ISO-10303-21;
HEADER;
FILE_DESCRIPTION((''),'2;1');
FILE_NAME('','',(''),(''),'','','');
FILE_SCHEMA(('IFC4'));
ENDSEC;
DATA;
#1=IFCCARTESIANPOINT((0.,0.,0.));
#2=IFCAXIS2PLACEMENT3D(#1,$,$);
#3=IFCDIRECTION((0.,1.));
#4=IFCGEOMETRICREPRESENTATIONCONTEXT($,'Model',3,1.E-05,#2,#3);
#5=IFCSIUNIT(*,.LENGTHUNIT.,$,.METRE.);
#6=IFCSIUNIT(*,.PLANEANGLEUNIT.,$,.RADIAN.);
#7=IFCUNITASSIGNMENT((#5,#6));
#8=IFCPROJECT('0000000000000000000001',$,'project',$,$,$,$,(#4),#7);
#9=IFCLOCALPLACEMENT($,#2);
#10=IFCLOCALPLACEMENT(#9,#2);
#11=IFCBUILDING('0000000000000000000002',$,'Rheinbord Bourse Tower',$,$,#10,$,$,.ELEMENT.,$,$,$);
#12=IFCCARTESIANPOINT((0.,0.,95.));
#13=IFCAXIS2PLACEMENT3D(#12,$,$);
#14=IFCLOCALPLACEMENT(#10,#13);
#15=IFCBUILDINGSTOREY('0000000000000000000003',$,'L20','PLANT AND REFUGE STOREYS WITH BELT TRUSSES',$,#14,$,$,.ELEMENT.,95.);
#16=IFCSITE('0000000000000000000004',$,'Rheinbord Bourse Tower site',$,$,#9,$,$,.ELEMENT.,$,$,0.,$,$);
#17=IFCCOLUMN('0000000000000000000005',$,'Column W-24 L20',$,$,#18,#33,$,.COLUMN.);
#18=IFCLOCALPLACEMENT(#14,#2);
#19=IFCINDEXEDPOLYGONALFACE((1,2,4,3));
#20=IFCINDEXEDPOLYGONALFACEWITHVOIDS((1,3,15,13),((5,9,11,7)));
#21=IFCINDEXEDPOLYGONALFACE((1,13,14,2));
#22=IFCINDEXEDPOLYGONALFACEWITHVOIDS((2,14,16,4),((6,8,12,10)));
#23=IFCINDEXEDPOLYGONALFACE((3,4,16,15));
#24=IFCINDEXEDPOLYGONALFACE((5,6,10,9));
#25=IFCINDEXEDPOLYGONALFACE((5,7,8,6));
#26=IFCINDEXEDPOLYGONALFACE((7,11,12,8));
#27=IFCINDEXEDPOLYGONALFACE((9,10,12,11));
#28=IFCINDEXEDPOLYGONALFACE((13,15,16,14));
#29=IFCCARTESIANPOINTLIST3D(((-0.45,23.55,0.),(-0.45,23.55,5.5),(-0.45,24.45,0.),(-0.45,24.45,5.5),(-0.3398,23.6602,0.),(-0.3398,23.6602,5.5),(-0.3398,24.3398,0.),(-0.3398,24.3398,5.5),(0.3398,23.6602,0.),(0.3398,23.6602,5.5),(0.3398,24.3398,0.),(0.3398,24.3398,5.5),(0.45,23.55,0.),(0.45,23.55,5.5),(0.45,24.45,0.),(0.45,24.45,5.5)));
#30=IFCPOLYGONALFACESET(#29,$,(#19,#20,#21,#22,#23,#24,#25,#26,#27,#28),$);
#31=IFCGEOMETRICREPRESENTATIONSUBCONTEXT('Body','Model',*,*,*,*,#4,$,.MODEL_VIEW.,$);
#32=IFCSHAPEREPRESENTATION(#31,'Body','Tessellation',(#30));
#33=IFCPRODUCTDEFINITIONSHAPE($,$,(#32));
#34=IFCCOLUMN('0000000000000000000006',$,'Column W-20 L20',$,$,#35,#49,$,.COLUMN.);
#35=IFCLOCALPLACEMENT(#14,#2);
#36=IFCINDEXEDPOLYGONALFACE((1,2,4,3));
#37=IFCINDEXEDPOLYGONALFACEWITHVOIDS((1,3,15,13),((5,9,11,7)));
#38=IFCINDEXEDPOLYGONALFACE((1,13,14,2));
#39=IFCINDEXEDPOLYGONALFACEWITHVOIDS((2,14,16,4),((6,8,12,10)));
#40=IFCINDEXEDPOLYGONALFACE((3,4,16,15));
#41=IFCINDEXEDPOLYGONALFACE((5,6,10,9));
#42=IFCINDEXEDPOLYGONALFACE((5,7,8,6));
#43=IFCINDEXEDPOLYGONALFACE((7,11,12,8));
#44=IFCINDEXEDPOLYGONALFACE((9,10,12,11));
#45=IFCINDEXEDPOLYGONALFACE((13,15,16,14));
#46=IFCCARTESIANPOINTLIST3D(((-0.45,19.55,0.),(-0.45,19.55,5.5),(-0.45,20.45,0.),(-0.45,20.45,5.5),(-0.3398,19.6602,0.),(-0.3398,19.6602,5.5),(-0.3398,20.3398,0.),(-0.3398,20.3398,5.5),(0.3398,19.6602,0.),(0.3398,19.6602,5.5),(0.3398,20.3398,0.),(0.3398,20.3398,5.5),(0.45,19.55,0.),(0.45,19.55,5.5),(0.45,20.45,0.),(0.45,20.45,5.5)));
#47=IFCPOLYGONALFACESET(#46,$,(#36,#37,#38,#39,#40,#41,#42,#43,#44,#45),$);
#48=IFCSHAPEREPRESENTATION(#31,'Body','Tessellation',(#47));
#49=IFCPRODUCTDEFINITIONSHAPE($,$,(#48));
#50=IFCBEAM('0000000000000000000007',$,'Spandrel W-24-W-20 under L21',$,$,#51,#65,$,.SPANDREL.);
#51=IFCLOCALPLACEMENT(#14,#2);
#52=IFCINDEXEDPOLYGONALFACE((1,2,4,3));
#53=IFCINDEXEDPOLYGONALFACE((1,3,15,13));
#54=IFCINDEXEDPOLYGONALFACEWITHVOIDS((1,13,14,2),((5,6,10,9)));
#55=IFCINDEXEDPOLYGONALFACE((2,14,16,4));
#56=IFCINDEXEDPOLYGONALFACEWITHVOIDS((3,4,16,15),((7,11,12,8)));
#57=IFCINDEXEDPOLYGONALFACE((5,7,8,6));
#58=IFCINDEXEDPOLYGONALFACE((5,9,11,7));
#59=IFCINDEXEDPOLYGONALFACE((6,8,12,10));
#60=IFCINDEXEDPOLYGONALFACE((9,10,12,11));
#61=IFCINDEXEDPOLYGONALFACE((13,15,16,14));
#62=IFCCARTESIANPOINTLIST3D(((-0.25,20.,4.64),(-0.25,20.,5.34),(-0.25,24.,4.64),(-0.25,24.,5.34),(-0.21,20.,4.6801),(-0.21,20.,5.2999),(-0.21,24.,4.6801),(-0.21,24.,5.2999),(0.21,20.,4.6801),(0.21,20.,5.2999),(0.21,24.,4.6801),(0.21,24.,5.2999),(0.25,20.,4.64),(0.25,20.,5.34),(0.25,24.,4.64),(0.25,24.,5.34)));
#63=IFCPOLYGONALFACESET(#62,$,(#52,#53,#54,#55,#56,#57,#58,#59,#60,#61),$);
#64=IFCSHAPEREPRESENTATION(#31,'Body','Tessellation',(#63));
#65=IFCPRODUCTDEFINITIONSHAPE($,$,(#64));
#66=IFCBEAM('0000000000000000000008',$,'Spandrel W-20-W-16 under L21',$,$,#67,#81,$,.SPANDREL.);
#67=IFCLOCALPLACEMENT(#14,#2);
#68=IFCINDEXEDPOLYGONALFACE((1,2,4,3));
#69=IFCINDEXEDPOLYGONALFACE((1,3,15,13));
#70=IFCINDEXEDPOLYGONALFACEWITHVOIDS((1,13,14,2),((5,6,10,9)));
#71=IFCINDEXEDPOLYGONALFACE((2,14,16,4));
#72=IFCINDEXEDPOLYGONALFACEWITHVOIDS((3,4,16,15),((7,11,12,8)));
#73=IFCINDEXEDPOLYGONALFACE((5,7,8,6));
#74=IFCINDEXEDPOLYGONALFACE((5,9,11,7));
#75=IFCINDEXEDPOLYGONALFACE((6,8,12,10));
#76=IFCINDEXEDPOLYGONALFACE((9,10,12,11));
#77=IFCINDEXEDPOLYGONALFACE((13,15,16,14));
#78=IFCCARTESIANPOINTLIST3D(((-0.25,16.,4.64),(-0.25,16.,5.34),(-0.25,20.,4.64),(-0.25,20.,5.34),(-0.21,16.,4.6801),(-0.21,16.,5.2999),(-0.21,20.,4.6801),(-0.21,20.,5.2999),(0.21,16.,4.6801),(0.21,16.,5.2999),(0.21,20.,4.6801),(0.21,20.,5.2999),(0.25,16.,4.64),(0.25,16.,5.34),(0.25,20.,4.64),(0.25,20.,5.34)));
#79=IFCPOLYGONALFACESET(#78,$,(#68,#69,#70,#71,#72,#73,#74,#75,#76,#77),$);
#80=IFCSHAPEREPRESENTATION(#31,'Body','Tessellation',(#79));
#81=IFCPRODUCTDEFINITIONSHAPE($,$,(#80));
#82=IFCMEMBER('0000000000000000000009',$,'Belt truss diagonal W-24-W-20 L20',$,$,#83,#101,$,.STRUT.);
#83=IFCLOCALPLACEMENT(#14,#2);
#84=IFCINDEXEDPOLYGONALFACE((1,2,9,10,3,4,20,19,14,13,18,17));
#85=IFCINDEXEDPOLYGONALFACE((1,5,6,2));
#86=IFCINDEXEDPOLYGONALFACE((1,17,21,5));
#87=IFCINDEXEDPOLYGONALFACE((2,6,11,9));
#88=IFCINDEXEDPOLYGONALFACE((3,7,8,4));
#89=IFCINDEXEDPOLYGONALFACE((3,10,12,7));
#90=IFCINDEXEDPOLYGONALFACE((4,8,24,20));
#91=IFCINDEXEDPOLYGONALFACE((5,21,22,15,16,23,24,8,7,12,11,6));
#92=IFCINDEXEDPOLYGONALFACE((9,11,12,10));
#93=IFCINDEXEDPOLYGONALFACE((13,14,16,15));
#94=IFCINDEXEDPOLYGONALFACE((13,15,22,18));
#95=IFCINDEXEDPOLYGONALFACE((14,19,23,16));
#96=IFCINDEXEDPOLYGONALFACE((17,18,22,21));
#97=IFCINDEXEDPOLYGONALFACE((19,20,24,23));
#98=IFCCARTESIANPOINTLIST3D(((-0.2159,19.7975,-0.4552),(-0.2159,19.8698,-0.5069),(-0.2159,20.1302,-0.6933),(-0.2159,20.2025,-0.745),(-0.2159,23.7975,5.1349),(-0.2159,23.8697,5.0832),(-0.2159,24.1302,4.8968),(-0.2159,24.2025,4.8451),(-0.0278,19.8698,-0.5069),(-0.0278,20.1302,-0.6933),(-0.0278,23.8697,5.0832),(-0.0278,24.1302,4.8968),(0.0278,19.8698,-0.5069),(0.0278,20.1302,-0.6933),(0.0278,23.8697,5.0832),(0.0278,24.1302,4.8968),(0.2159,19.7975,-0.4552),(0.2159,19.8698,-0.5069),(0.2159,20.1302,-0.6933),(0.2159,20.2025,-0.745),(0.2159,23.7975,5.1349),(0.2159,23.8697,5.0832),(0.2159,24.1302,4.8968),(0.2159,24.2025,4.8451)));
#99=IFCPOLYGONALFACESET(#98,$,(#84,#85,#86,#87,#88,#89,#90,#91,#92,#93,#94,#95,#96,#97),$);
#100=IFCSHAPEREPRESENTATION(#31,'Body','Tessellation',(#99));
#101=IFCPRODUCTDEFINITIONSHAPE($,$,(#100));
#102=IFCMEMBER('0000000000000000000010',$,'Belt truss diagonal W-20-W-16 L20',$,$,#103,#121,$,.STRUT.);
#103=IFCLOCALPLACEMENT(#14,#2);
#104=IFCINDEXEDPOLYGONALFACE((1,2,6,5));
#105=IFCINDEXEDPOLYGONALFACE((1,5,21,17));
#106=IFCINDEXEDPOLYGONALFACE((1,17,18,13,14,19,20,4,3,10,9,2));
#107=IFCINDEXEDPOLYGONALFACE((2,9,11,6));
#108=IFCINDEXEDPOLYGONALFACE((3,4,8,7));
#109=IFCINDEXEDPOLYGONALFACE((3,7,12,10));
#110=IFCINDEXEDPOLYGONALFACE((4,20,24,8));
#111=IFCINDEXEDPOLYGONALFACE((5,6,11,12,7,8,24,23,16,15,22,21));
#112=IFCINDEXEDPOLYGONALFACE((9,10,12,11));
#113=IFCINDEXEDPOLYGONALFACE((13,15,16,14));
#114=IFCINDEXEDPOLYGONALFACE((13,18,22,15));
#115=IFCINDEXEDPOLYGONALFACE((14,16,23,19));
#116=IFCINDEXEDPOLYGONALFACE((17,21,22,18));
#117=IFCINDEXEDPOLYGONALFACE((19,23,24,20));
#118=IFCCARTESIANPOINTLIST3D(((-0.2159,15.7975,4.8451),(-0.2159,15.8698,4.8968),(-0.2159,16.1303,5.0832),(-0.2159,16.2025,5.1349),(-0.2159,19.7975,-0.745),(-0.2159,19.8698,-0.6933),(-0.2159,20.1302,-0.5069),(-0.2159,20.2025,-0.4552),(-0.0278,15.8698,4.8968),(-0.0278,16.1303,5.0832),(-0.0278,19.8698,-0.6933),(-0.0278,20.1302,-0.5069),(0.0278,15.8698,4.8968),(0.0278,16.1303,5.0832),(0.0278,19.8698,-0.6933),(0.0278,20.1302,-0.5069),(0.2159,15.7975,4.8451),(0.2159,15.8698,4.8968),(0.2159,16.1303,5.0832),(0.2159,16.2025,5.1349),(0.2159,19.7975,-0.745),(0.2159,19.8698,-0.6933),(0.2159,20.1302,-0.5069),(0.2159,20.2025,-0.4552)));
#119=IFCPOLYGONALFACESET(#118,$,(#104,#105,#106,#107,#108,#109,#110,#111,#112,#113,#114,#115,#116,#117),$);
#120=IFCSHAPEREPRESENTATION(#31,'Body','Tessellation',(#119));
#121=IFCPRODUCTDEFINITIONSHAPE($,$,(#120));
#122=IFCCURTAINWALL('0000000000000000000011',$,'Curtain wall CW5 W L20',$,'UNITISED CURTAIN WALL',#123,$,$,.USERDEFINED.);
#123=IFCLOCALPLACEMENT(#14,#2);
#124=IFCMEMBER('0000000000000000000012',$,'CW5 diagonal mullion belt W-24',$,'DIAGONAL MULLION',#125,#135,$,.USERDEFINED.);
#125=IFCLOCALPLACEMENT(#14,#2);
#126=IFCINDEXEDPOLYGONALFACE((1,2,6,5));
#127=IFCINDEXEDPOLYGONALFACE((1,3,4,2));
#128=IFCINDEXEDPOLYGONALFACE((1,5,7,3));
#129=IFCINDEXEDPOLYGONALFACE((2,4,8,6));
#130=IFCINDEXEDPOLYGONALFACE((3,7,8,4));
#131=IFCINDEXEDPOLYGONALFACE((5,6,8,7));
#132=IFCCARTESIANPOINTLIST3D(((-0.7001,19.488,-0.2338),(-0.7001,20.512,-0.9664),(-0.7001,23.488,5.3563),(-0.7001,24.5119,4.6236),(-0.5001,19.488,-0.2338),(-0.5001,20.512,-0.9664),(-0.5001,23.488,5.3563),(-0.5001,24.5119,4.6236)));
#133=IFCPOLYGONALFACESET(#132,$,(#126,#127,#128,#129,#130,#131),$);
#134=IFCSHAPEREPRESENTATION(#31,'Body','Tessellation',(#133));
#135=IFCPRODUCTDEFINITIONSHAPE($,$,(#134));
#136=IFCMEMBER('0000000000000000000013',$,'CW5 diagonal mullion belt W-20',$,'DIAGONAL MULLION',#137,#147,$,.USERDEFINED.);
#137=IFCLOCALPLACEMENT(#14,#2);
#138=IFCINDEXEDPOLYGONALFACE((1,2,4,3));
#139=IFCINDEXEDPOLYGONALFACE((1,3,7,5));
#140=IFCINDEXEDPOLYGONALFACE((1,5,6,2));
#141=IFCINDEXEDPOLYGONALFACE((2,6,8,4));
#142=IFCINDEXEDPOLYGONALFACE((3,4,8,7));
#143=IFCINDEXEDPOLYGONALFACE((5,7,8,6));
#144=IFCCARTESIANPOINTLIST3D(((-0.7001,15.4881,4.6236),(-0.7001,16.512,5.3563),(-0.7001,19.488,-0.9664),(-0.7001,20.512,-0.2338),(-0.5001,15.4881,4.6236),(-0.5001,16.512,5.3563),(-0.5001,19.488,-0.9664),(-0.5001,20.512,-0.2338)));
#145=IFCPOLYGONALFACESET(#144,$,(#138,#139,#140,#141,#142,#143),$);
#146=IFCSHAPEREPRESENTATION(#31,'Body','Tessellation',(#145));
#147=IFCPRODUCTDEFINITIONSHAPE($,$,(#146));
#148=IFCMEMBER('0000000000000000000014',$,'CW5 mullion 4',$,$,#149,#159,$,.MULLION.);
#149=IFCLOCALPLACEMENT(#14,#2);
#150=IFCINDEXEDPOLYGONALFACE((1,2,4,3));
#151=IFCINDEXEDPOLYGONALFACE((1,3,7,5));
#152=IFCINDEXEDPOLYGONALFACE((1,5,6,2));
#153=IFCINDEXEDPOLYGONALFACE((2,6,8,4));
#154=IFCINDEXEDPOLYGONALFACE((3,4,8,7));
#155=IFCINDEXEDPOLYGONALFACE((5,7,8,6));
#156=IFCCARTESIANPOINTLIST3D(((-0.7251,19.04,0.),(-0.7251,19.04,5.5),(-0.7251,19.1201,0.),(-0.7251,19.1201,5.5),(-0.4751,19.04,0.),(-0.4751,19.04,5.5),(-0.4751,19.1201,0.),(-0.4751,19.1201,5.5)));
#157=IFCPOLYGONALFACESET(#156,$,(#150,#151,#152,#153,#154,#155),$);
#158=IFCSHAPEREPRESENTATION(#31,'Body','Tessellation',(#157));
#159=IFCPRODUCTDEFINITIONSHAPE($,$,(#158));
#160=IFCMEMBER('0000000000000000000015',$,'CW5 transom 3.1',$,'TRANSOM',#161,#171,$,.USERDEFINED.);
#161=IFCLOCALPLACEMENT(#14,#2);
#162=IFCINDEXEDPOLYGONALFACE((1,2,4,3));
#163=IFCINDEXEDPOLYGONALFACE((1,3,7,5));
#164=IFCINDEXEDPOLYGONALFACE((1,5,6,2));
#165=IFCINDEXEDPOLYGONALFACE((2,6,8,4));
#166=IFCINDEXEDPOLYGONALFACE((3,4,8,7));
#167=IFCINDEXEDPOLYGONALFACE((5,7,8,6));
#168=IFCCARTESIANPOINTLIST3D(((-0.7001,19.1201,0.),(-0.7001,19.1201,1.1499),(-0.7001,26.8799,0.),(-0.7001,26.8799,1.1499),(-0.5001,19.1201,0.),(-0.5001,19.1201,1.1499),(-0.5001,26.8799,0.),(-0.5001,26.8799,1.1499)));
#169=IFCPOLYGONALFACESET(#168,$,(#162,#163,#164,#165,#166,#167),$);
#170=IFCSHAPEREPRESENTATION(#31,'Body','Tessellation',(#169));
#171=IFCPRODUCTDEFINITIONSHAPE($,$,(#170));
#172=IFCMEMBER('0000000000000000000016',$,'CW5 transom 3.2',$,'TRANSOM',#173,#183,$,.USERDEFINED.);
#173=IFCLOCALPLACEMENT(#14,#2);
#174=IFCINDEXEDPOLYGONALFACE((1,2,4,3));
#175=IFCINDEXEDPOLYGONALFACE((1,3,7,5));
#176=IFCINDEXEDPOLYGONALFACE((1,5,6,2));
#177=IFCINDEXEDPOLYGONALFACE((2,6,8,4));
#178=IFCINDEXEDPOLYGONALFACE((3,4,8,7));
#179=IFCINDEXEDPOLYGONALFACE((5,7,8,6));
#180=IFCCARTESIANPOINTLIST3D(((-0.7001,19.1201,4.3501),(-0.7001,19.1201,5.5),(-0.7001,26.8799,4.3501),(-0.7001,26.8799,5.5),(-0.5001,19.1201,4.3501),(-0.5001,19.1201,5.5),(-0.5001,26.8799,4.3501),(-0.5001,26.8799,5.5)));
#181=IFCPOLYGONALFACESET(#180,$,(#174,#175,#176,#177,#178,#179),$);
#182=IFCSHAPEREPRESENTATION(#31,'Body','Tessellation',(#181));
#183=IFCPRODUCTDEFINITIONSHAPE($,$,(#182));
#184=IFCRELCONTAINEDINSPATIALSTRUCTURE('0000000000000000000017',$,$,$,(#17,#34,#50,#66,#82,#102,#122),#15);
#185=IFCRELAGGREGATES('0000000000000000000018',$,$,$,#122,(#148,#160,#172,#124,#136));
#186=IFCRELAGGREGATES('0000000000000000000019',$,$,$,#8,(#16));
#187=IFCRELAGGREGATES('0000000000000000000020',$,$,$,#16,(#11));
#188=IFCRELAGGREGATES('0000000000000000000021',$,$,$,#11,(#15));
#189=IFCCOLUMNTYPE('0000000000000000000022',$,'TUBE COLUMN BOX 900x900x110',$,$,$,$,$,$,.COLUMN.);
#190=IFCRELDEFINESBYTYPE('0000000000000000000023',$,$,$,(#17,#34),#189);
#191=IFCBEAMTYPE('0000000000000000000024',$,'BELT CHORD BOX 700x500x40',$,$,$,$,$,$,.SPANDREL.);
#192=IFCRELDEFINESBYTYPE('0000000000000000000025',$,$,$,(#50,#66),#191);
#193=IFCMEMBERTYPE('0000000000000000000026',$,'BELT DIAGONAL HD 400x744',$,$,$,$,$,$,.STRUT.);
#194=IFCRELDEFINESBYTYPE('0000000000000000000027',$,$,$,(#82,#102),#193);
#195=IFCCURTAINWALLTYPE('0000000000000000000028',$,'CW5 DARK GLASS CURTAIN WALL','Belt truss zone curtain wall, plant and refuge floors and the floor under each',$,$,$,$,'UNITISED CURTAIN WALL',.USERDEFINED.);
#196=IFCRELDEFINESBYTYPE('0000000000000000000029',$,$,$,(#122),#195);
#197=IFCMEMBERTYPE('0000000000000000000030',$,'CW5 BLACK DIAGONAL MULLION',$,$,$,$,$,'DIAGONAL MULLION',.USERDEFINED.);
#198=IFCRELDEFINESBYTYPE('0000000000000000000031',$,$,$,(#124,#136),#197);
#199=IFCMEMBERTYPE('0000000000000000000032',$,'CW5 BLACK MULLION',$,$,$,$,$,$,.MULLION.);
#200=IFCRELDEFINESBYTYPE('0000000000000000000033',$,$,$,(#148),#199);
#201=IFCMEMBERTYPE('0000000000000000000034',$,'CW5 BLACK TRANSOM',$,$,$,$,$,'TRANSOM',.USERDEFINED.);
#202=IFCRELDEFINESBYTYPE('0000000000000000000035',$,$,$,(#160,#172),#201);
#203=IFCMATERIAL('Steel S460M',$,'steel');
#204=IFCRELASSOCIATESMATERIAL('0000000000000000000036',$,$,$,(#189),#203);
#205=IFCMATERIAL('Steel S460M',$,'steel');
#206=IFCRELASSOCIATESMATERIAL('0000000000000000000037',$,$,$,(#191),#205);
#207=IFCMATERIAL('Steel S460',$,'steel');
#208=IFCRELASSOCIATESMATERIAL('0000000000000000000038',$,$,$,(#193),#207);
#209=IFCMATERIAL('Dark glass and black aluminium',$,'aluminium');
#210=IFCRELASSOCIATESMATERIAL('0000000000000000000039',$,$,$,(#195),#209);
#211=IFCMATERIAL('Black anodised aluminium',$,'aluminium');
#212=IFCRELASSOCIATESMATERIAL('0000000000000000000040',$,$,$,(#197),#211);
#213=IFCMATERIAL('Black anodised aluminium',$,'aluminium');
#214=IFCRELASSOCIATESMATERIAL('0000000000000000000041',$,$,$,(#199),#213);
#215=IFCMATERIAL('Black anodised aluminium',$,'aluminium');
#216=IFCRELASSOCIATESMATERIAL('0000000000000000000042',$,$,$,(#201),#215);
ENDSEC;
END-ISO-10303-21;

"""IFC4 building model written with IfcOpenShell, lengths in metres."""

from ifc_helpers import new_model, si_unit, direction, frame, origin, origin_2d, place, context, subcontext, project, spatial, rectangle, hollow_rectangle, i_section, extrude, material, material_profile, profile_set, type_object, element, aggregate, save


model = new_model("IFC4")

# Units and contexts
model_context = context("Model", 3, precision=1e-05, world=origin(), true_north=direction((0.0, 1.0)))
body_context = subcontext(model_context, "Body", "Model", "MODEL_VIEW")
ifc_project = project(units=[si_unit("LENGTHUNIT", "METRE"), si_unit("PLANEANGLEUNIT", "RADIAN")], contexts=[model_context])

# Site, building, storey
site_placement = place(None, origin())
site = spatial("IfcSite", under=ifc_project, at=site_placement, Name="Rheinbord Bourse Tower site", CompositionType="ELEMENT", RefElevation=0.0)
building_placement = place(site_placement, origin())
building = spatial("IfcBuilding", under=site, at=building_placement, Name="Rheinbord Bourse Tower", CompositionType="ELEMENT")
storey_placement = place(building_placement, frame((0.0, 0.0, 95.0)))
storey = spatial("IfcBuildingStorey", under=building, at=storey_placement, Name="L20", Description="PLANT AND REFUGE STOREYS WITH BELT TRUSSES", CompositionType="ELEMENT", Elevation=95.0)

# Columns
ifc_material_1 = material(Name="Steel S460M", Category="steel")
ifc_material_profile_1 = material_profile(ifc_material_1, hollow_rectangle(XDim=0.8999, YDim=0.8999, WallThickness=0.1101, at=origin_2d()), Name="BOX 900x900x110")
ifc_profile_set_1 = profile_set([ifc_material_profile_1], Name="Steel S460M")
column_type = type_object("IfcColumnType", Name="TUBE COLUMN BOX 900x900x110", PredefinedType="COLUMN", material=ifc_profile_set_1)
for number, where, z_axis, x_axis, name in (
    (1, (0.0, 24.0, 0.0), (0.0, 0.0, 1.0), (1.0, 0.0, 0.0), "Column W-24 L20"),
    (2, (0.0, 20.0, 0.0), (0.0, 0.0, 1.0), (1.0, 0.0, 0.0), "Column W-20 L20"),
):
    element("IfcColumn", number, at=place(storey_placement, frame(where, z_axis=z_axis, x_axis=x_axis)), inside=storey, type_object=column_type, Name=name, PredefinedType="COLUMN", context=body_context, shape_type="SweptSolid", body=[
        extrude(hollow_rectangle(XDim=0.8999, YDim=0.8999, WallThickness=0.1101, at=origin_2d()), origin(), (0.0, 0.0, 1.0), 5.5),
    ])

# Beams
ifc_material_2 = material(Name="Steel S460M", Category="steel")
ifc_material_profile_2 = material_profile(ifc_material_2, hollow_rectangle(XDim=0.5, YDim=0.7, WallThickness=0.04, at=origin_2d()), Name="BOX 700x500x40")
ifc_profile_set_2 = profile_set([ifc_material_profile_2], Name="Steel S460M")
beam_type_1 = type_object("IfcBeamType", Name="BELT CHORD BOX 700x500x40", PredefinedType="SPANDREL", material=ifc_profile_set_2)
for number, where, z_axis, x_axis, name in (
    (3, (0.0, 24.0, 4.99), (0.0, -1.0, 0.0), (1.0, 0.0, 0.0), "Spandrel W-24-W-20 under L21"),
    (4, (0.0, 20.0, 4.99), (0.0, -1.0, 0.0), (1.0, 0.0, 0.0), "Spandrel W-20-W-16 under L21"),
):
    element("IfcBeam", number, at=place(storey_placement, frame(where, z_axis=z_axis, x_axis=x_axis)), inside=storey, type_object=beam_type_1, Name=name, PredefinedType="SPANDREL", context=body_context, shape_type="SweptSolid", body=[
        extrude(hollow_rectangle(XDim=0.5, YDim=0.7, WallThickness=0.04, at=origin_2d()), origin(), (0.0, 0.0, 1.0), 4.0),
    ])

# Members
ifc_material_3 = material(Name="Steel S460", Category="steel")
ifc_material_profile_3 = material_profile(ifc_material_3, i_section(OverallWidth=0.4319, OverallDepth=0.498, WebThickness=0.0557, FlangeThickness=0.0889, at=origin_2d()), Name="HD 400x744")
ifc_profile_set_3 = profile_set([ifc_material_profile_3], Name="Steel S460")
member_type_1 = type_object("IfcMemberType", Name="BELT DIAGONAL HD 400x744", PredefinedType="STRUT", material=ifc_profile_set_3)
for number, where, z_axis, x_axis, name in (
    (5, (0.0, 20.0, -0.6001), (0.0, 0.58192, 0.813246), (-1.0, 0.0, 0.0), "Belt truss diagonal W-24-W-20 L20"),
    (6, (0.0, 20.0, -0.6001), (0.0, -0.58192, 0.813246), (1.0, 0.0, 0.0), "Belt truss diagonal W-20-W-16 L20"),
):
    element("IfcMember", number, at=place(storey_placement, frame(where, z_axis=z_axis, x_axis=x_axis)), inside=storey, type_object=member_type_1, Name=name, PredefinedType="STRUT", context=body_context, shape_type="SweptSolid", body=[
        extrude(i_section(OverallWidth=0.4319, OverallDepth=0.498, WebThickness=0.0557, FlangeThickness=0.0889, at=origin_2d()), origin(), (0.0, 0.0, 1.0), 6.8738),
    ])

# Curtain wall, members
ifc_material_4 = material(Name="Dark glass and black aluminium", Category="aluminium")
curtain_wall_type = type_object("IfcCurtainWallType", Name="CW5 DARK GLASS CURTAIN WALL", Description="Belt truss zone curtain wall, plant and refuge floors and the floor under each", ElementType="UNITISED CURTAIN WALL", PredefinedType="USERDEFINED", material=ifc_material_4)
curtain_wall_placement = place(storey_placement, origin())
curtain_wall = element("IfcCurtainWall", 7, at=curtain_wall_placement, inside=storey, type_object=curtain_wall_type, Name="Curtain wall CW5 W L20", ObjectType="UNITISED CURTAIN WALL", PredefinedType="USERDEFINED")
ifc_material_5 = material(Name="Black anodised aluminium", Category="aluminium")
ifc_material_profile_4 = material_profile(ifc_material_5, rectangle(XDim=0.2, YDim=1.259, at=origin_2d()), Name="CW5 DIAGONAL MULLION 1259x200")
ifc_profile_set_4 = profile_set([ifc_material_profile_4], Name="Black anodised aluminium")
member_type_2 = type_object("IfcMemberType", Name="CW5 BLACK DIAGONAL MULLION", ElementType="DIAGONAL MULLION", PredefinedType="USERDEFINED", material=ifc_profile_set_4)
member_1_placement = place(storey_placement, frame((-0.6001, 20.0, -0.6001), z_axis=(0.0, 0.58192, 0.813246), x_axis=(-1.0, 0.0, 0.0)))
member_1 = element("IfcMember", 8, at=member_1_placement, type_object=member_type_2, Name="CW5 diagonal mullion belt W-24", ObjectType="DIAGONAL MULLION", PredefinedType="USERDEFINED", context=body_context, shape_type="SweptSolid", body=[
    extrude(rectangle(XDim=0.2, YDim=1.259, at=origin_2d()), origin(), (0.0, 0.0, 1.0), 6.8738),
])
member_2_placement = place(storey_placement, frame((-0.6001, 20.0, -0.6001), z_axis=(0.0, -0.58192, 0.813246), x_axis=(1.0, 0.0, 0.0)))
member_2 = element("IfcMember", 9, at=member_2_placement, type_object=member_type_2, Name="CW5 diagonal mullion belt W-20", ObjectType="DIAGONAL MULLION", PredefinedType="USERDEFINED", context=body_context, shape_type="SweptSolid", body=[
    extrude(rectangle(XDim=0.2, YDim=1.259, at=origin_2d()), origin(), (0.0, 0.0, 1.0), 6.8738),
])
ifc_material_6 = material(Name="Black anodised aluminium", Category="aluminium")
ifc_material_profile_5 = material_profile(ifc_material_6, rectangle(XDim=0.25, YDim=0.0801, at=origin_2d()), Name="CW5 MULLION 80x250")
ifc_profile_set_5 = profile_set([ifc_material_profile_5], Name="Black anodised aluminium")
member_type_3 = type_object("IfcMemberType", Name="CW5 BLACK MULLION", PredefinedType="MULLION", material=ifc_profile_set_5)
member_3_placement = place(storey_placement, frame((-0.6001, 19.0801, 0.0), z_axis=(0.0, 0.0, 1.0), x_axis=(1.0, 0.0, 0.0)))
member_3 = element("IfcMember", 10, at=member_3_placement, type_object=member_type_3, Name="CW5 mullion 4", PredefinedType="MULLION", context=body_context, shape_type="SweptSolid", body=[
    extrude(rectangle(XDim=0.25, YDim=0.0801, at=origin_2d()), origin(), (0.0, 0.0, 1.0), 5.5),
])
ifc_material_7 = material(Name="Black anodised aluminium", Category="aluminium")
ifc_material_profile_6 = material_profile(ifc_material_7, rectangle(XDim=0.2, YDim=1.1499, at=origin_2d()), Name="CW5 TRANSOM 1150x200")
ifc_profile_set_6 = profile_set([ifc_material_profile_6], Name="Black anodised aluminium")
member_type_4 = type_object("IfcMemberType", Name="CW5 BLACK TRANSOM", ElementType="TRANSOM", PredefinedType="USERDEFINED", material=ifc_profile_set_6)
member_4_placement = place(storey_placement, frame((-0.6001, 26.8799, 0.575), z_axis=(0.0, -1.0, 0.0), x_axis=(1.0, 0.0, 0.0)))
member_4 = element("IfcMember", 11, at=member_4_placement, type_object=member_type_4, Name="CW5 transom 3.1", ObjectType="TRANSOM", PredefinedType="USERDEFINED", context=body_context, shape_type="SweptSolid", body=[
    extrude(rectangle(XDim=0.2, YDim=1.1499, at=origin_2d()), origin(), (0.0, 0.0, 1.0), 7.7598),
])
member_5_placement = place(storey_placement, frame((-0.6001, 26.8799, 4.925), z_axis=(0.0, -1.0, 0.0), x_axis=(1.0, 0.0, 0.0)))
member_5 = element("IfcMember", 12, at=member_5_placement, type_object=member_type_4, Name="CW5 transom 3.2", ObjectType="TRANSOM", PredefinedType="USERDEFINED", context=body_context, shape_type="SweptSolid", body=[
    extrude(rectangle(XDim=0.2, YDim=1.1499, at=origin_2d()), origin(), (0.0, 0.0, 1.0), 7.7598),
])

aggregate(curtain_wall, [member_3, member_4, member_5, member_1, member_2])

save(model, "model.ifc")
